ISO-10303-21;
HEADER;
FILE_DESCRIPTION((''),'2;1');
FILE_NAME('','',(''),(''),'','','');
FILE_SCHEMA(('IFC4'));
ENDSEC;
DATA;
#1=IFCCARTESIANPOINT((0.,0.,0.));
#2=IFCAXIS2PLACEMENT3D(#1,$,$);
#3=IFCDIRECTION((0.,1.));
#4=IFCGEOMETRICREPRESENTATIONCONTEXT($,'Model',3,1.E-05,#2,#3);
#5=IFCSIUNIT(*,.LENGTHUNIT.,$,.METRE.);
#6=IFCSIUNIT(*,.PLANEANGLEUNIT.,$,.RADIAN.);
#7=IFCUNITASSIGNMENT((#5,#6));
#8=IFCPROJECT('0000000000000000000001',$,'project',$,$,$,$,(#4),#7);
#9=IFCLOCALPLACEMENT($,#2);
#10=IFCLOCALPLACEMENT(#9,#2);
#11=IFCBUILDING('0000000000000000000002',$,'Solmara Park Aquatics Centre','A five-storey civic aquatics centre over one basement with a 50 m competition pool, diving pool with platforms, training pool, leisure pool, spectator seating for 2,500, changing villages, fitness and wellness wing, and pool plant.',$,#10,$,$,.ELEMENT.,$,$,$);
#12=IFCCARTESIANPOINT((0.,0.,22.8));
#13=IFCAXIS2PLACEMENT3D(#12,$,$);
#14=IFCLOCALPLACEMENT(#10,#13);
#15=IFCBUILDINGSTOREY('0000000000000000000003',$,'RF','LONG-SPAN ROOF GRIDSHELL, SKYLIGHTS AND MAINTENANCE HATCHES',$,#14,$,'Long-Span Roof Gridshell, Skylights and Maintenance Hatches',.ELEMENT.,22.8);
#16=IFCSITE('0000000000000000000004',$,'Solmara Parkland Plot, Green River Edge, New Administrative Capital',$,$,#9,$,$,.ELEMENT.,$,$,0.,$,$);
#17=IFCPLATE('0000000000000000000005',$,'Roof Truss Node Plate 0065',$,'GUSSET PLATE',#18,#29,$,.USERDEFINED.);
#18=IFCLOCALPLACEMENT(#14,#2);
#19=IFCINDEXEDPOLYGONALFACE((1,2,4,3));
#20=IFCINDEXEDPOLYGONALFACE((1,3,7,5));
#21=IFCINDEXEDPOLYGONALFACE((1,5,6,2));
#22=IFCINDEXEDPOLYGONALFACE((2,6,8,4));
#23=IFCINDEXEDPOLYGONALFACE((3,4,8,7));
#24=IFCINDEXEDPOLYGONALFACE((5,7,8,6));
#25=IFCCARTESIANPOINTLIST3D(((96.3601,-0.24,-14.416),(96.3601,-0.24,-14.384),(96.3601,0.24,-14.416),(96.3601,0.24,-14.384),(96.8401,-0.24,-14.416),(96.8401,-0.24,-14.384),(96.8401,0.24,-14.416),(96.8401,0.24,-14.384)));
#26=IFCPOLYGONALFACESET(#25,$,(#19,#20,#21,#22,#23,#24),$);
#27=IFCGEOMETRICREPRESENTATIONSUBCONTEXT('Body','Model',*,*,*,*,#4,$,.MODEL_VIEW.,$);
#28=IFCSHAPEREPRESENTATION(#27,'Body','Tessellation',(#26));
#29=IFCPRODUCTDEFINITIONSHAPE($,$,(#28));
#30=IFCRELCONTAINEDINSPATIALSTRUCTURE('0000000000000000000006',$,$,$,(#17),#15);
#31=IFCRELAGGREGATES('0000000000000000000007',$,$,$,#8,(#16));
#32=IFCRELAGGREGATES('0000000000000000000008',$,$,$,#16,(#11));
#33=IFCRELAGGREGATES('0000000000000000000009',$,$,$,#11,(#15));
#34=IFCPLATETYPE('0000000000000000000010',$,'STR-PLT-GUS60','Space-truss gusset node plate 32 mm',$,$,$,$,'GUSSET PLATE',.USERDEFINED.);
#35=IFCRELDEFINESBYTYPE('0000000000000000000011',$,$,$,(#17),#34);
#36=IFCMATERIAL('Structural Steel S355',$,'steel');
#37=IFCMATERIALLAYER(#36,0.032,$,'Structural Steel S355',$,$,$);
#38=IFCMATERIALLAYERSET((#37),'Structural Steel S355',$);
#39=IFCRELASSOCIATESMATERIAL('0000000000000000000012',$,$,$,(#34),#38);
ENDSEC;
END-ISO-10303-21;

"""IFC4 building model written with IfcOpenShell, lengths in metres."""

from ifc_helpers import new_model, si_unit, direction, frame, origin, origin_2d, place, context, subcontext, project, spatial, rectangle, extrude, material, layer, layer_set, type_object, element, save


model = new_model("IFC4")

# Units and contexts
model_context = context("Model", 3, precision=1e-05, world=origin(), true_north=direction((0.0, 1.0)))
body_context = subcontext(model_context, "Body", "Model", "MODEL_VIEW")
ifc_project = project(units=[si_unit("LENGTHUNIT", "METRE"), si_unit("PLANEANGLEUNIT", "RADIAN")], contexts=[model_context])

# Site, building, storey
site_placement = place(None, origin())
site = spatial("IfcSite", under=ifc_project, at=site_placement, Name="Solmara Parkland Plot, Green River Edge, New Administrative Capital", CompositionType="ELEMENT", RefElevation=0.0)
building_placement = place(site_placement, origin())
building = spatial("IfcBuilding", under=site, at=building_placement, Name="Solmara Park Aquatics Centre", Description="A five-storey civic aquatics centre over one basement with a 50 m competition pool, diving pool with platforms, training pool, leisure pool, spectator seating for 2,500, changing villages, fitness and wellness wing, and pool plant.", CompositionType="ELEMENT")
storey_placement = place(building_placement, frame((0.0, 0.0, 22.8)))
storey = spatial("IfcBuildingStorey", under=building, at=storey_placement, Name="RF", Description="LONG-SPAN ROOF GRIDSHELL, SKYLIGHTS AND MAINTENANCE HATCHES", LongName="Long-Span Roof Gridshell, Skylights and Maintenance Hatches", CompositionType="ELEMENT", Elevation=22.8)

# Shared definitions
ifc_material_1 = material(Name="Structural Steel S355", Category="steel")

# Plate
ifc_layer = layer(ifc_material_1, 0.032, Name="Structural Steel S355")
ifc_layer_set = layer_set([ifc_layer], Name="Structural Steel S355")
plate_type = type_object("IfcPlateType", Name="STR-PLT-GUS60", Description="Space-truss gusset node plate 32 mm", ElementType="GUSSET PLATE", PredefinedType="USERDEFINED", material=ifc_layer_set)
plate_placement = place(storey_placement, frame((96.6001, 0.0, -14.416), z_axis=(0.0, 0.0, 1.0), x_axis=(1.0, 0.0, 0.0)))
element("IfcPlate", 1, at=plate_placement, inside=storey, type_object=plate_type, Name="Roof Truss Node Plate 0065", ObjectType="GUSSET PLATE", PredefinedType="USERDEFINED", context=body_context, shape_type="SweptSolid", body=[
    extrude(rectangle(XDim=0.48, YDim=0.48, at=origin_2d()), origin(), (0.0, 0.0, 1.0), 0.032),
])

save(model, "model.ifc")
